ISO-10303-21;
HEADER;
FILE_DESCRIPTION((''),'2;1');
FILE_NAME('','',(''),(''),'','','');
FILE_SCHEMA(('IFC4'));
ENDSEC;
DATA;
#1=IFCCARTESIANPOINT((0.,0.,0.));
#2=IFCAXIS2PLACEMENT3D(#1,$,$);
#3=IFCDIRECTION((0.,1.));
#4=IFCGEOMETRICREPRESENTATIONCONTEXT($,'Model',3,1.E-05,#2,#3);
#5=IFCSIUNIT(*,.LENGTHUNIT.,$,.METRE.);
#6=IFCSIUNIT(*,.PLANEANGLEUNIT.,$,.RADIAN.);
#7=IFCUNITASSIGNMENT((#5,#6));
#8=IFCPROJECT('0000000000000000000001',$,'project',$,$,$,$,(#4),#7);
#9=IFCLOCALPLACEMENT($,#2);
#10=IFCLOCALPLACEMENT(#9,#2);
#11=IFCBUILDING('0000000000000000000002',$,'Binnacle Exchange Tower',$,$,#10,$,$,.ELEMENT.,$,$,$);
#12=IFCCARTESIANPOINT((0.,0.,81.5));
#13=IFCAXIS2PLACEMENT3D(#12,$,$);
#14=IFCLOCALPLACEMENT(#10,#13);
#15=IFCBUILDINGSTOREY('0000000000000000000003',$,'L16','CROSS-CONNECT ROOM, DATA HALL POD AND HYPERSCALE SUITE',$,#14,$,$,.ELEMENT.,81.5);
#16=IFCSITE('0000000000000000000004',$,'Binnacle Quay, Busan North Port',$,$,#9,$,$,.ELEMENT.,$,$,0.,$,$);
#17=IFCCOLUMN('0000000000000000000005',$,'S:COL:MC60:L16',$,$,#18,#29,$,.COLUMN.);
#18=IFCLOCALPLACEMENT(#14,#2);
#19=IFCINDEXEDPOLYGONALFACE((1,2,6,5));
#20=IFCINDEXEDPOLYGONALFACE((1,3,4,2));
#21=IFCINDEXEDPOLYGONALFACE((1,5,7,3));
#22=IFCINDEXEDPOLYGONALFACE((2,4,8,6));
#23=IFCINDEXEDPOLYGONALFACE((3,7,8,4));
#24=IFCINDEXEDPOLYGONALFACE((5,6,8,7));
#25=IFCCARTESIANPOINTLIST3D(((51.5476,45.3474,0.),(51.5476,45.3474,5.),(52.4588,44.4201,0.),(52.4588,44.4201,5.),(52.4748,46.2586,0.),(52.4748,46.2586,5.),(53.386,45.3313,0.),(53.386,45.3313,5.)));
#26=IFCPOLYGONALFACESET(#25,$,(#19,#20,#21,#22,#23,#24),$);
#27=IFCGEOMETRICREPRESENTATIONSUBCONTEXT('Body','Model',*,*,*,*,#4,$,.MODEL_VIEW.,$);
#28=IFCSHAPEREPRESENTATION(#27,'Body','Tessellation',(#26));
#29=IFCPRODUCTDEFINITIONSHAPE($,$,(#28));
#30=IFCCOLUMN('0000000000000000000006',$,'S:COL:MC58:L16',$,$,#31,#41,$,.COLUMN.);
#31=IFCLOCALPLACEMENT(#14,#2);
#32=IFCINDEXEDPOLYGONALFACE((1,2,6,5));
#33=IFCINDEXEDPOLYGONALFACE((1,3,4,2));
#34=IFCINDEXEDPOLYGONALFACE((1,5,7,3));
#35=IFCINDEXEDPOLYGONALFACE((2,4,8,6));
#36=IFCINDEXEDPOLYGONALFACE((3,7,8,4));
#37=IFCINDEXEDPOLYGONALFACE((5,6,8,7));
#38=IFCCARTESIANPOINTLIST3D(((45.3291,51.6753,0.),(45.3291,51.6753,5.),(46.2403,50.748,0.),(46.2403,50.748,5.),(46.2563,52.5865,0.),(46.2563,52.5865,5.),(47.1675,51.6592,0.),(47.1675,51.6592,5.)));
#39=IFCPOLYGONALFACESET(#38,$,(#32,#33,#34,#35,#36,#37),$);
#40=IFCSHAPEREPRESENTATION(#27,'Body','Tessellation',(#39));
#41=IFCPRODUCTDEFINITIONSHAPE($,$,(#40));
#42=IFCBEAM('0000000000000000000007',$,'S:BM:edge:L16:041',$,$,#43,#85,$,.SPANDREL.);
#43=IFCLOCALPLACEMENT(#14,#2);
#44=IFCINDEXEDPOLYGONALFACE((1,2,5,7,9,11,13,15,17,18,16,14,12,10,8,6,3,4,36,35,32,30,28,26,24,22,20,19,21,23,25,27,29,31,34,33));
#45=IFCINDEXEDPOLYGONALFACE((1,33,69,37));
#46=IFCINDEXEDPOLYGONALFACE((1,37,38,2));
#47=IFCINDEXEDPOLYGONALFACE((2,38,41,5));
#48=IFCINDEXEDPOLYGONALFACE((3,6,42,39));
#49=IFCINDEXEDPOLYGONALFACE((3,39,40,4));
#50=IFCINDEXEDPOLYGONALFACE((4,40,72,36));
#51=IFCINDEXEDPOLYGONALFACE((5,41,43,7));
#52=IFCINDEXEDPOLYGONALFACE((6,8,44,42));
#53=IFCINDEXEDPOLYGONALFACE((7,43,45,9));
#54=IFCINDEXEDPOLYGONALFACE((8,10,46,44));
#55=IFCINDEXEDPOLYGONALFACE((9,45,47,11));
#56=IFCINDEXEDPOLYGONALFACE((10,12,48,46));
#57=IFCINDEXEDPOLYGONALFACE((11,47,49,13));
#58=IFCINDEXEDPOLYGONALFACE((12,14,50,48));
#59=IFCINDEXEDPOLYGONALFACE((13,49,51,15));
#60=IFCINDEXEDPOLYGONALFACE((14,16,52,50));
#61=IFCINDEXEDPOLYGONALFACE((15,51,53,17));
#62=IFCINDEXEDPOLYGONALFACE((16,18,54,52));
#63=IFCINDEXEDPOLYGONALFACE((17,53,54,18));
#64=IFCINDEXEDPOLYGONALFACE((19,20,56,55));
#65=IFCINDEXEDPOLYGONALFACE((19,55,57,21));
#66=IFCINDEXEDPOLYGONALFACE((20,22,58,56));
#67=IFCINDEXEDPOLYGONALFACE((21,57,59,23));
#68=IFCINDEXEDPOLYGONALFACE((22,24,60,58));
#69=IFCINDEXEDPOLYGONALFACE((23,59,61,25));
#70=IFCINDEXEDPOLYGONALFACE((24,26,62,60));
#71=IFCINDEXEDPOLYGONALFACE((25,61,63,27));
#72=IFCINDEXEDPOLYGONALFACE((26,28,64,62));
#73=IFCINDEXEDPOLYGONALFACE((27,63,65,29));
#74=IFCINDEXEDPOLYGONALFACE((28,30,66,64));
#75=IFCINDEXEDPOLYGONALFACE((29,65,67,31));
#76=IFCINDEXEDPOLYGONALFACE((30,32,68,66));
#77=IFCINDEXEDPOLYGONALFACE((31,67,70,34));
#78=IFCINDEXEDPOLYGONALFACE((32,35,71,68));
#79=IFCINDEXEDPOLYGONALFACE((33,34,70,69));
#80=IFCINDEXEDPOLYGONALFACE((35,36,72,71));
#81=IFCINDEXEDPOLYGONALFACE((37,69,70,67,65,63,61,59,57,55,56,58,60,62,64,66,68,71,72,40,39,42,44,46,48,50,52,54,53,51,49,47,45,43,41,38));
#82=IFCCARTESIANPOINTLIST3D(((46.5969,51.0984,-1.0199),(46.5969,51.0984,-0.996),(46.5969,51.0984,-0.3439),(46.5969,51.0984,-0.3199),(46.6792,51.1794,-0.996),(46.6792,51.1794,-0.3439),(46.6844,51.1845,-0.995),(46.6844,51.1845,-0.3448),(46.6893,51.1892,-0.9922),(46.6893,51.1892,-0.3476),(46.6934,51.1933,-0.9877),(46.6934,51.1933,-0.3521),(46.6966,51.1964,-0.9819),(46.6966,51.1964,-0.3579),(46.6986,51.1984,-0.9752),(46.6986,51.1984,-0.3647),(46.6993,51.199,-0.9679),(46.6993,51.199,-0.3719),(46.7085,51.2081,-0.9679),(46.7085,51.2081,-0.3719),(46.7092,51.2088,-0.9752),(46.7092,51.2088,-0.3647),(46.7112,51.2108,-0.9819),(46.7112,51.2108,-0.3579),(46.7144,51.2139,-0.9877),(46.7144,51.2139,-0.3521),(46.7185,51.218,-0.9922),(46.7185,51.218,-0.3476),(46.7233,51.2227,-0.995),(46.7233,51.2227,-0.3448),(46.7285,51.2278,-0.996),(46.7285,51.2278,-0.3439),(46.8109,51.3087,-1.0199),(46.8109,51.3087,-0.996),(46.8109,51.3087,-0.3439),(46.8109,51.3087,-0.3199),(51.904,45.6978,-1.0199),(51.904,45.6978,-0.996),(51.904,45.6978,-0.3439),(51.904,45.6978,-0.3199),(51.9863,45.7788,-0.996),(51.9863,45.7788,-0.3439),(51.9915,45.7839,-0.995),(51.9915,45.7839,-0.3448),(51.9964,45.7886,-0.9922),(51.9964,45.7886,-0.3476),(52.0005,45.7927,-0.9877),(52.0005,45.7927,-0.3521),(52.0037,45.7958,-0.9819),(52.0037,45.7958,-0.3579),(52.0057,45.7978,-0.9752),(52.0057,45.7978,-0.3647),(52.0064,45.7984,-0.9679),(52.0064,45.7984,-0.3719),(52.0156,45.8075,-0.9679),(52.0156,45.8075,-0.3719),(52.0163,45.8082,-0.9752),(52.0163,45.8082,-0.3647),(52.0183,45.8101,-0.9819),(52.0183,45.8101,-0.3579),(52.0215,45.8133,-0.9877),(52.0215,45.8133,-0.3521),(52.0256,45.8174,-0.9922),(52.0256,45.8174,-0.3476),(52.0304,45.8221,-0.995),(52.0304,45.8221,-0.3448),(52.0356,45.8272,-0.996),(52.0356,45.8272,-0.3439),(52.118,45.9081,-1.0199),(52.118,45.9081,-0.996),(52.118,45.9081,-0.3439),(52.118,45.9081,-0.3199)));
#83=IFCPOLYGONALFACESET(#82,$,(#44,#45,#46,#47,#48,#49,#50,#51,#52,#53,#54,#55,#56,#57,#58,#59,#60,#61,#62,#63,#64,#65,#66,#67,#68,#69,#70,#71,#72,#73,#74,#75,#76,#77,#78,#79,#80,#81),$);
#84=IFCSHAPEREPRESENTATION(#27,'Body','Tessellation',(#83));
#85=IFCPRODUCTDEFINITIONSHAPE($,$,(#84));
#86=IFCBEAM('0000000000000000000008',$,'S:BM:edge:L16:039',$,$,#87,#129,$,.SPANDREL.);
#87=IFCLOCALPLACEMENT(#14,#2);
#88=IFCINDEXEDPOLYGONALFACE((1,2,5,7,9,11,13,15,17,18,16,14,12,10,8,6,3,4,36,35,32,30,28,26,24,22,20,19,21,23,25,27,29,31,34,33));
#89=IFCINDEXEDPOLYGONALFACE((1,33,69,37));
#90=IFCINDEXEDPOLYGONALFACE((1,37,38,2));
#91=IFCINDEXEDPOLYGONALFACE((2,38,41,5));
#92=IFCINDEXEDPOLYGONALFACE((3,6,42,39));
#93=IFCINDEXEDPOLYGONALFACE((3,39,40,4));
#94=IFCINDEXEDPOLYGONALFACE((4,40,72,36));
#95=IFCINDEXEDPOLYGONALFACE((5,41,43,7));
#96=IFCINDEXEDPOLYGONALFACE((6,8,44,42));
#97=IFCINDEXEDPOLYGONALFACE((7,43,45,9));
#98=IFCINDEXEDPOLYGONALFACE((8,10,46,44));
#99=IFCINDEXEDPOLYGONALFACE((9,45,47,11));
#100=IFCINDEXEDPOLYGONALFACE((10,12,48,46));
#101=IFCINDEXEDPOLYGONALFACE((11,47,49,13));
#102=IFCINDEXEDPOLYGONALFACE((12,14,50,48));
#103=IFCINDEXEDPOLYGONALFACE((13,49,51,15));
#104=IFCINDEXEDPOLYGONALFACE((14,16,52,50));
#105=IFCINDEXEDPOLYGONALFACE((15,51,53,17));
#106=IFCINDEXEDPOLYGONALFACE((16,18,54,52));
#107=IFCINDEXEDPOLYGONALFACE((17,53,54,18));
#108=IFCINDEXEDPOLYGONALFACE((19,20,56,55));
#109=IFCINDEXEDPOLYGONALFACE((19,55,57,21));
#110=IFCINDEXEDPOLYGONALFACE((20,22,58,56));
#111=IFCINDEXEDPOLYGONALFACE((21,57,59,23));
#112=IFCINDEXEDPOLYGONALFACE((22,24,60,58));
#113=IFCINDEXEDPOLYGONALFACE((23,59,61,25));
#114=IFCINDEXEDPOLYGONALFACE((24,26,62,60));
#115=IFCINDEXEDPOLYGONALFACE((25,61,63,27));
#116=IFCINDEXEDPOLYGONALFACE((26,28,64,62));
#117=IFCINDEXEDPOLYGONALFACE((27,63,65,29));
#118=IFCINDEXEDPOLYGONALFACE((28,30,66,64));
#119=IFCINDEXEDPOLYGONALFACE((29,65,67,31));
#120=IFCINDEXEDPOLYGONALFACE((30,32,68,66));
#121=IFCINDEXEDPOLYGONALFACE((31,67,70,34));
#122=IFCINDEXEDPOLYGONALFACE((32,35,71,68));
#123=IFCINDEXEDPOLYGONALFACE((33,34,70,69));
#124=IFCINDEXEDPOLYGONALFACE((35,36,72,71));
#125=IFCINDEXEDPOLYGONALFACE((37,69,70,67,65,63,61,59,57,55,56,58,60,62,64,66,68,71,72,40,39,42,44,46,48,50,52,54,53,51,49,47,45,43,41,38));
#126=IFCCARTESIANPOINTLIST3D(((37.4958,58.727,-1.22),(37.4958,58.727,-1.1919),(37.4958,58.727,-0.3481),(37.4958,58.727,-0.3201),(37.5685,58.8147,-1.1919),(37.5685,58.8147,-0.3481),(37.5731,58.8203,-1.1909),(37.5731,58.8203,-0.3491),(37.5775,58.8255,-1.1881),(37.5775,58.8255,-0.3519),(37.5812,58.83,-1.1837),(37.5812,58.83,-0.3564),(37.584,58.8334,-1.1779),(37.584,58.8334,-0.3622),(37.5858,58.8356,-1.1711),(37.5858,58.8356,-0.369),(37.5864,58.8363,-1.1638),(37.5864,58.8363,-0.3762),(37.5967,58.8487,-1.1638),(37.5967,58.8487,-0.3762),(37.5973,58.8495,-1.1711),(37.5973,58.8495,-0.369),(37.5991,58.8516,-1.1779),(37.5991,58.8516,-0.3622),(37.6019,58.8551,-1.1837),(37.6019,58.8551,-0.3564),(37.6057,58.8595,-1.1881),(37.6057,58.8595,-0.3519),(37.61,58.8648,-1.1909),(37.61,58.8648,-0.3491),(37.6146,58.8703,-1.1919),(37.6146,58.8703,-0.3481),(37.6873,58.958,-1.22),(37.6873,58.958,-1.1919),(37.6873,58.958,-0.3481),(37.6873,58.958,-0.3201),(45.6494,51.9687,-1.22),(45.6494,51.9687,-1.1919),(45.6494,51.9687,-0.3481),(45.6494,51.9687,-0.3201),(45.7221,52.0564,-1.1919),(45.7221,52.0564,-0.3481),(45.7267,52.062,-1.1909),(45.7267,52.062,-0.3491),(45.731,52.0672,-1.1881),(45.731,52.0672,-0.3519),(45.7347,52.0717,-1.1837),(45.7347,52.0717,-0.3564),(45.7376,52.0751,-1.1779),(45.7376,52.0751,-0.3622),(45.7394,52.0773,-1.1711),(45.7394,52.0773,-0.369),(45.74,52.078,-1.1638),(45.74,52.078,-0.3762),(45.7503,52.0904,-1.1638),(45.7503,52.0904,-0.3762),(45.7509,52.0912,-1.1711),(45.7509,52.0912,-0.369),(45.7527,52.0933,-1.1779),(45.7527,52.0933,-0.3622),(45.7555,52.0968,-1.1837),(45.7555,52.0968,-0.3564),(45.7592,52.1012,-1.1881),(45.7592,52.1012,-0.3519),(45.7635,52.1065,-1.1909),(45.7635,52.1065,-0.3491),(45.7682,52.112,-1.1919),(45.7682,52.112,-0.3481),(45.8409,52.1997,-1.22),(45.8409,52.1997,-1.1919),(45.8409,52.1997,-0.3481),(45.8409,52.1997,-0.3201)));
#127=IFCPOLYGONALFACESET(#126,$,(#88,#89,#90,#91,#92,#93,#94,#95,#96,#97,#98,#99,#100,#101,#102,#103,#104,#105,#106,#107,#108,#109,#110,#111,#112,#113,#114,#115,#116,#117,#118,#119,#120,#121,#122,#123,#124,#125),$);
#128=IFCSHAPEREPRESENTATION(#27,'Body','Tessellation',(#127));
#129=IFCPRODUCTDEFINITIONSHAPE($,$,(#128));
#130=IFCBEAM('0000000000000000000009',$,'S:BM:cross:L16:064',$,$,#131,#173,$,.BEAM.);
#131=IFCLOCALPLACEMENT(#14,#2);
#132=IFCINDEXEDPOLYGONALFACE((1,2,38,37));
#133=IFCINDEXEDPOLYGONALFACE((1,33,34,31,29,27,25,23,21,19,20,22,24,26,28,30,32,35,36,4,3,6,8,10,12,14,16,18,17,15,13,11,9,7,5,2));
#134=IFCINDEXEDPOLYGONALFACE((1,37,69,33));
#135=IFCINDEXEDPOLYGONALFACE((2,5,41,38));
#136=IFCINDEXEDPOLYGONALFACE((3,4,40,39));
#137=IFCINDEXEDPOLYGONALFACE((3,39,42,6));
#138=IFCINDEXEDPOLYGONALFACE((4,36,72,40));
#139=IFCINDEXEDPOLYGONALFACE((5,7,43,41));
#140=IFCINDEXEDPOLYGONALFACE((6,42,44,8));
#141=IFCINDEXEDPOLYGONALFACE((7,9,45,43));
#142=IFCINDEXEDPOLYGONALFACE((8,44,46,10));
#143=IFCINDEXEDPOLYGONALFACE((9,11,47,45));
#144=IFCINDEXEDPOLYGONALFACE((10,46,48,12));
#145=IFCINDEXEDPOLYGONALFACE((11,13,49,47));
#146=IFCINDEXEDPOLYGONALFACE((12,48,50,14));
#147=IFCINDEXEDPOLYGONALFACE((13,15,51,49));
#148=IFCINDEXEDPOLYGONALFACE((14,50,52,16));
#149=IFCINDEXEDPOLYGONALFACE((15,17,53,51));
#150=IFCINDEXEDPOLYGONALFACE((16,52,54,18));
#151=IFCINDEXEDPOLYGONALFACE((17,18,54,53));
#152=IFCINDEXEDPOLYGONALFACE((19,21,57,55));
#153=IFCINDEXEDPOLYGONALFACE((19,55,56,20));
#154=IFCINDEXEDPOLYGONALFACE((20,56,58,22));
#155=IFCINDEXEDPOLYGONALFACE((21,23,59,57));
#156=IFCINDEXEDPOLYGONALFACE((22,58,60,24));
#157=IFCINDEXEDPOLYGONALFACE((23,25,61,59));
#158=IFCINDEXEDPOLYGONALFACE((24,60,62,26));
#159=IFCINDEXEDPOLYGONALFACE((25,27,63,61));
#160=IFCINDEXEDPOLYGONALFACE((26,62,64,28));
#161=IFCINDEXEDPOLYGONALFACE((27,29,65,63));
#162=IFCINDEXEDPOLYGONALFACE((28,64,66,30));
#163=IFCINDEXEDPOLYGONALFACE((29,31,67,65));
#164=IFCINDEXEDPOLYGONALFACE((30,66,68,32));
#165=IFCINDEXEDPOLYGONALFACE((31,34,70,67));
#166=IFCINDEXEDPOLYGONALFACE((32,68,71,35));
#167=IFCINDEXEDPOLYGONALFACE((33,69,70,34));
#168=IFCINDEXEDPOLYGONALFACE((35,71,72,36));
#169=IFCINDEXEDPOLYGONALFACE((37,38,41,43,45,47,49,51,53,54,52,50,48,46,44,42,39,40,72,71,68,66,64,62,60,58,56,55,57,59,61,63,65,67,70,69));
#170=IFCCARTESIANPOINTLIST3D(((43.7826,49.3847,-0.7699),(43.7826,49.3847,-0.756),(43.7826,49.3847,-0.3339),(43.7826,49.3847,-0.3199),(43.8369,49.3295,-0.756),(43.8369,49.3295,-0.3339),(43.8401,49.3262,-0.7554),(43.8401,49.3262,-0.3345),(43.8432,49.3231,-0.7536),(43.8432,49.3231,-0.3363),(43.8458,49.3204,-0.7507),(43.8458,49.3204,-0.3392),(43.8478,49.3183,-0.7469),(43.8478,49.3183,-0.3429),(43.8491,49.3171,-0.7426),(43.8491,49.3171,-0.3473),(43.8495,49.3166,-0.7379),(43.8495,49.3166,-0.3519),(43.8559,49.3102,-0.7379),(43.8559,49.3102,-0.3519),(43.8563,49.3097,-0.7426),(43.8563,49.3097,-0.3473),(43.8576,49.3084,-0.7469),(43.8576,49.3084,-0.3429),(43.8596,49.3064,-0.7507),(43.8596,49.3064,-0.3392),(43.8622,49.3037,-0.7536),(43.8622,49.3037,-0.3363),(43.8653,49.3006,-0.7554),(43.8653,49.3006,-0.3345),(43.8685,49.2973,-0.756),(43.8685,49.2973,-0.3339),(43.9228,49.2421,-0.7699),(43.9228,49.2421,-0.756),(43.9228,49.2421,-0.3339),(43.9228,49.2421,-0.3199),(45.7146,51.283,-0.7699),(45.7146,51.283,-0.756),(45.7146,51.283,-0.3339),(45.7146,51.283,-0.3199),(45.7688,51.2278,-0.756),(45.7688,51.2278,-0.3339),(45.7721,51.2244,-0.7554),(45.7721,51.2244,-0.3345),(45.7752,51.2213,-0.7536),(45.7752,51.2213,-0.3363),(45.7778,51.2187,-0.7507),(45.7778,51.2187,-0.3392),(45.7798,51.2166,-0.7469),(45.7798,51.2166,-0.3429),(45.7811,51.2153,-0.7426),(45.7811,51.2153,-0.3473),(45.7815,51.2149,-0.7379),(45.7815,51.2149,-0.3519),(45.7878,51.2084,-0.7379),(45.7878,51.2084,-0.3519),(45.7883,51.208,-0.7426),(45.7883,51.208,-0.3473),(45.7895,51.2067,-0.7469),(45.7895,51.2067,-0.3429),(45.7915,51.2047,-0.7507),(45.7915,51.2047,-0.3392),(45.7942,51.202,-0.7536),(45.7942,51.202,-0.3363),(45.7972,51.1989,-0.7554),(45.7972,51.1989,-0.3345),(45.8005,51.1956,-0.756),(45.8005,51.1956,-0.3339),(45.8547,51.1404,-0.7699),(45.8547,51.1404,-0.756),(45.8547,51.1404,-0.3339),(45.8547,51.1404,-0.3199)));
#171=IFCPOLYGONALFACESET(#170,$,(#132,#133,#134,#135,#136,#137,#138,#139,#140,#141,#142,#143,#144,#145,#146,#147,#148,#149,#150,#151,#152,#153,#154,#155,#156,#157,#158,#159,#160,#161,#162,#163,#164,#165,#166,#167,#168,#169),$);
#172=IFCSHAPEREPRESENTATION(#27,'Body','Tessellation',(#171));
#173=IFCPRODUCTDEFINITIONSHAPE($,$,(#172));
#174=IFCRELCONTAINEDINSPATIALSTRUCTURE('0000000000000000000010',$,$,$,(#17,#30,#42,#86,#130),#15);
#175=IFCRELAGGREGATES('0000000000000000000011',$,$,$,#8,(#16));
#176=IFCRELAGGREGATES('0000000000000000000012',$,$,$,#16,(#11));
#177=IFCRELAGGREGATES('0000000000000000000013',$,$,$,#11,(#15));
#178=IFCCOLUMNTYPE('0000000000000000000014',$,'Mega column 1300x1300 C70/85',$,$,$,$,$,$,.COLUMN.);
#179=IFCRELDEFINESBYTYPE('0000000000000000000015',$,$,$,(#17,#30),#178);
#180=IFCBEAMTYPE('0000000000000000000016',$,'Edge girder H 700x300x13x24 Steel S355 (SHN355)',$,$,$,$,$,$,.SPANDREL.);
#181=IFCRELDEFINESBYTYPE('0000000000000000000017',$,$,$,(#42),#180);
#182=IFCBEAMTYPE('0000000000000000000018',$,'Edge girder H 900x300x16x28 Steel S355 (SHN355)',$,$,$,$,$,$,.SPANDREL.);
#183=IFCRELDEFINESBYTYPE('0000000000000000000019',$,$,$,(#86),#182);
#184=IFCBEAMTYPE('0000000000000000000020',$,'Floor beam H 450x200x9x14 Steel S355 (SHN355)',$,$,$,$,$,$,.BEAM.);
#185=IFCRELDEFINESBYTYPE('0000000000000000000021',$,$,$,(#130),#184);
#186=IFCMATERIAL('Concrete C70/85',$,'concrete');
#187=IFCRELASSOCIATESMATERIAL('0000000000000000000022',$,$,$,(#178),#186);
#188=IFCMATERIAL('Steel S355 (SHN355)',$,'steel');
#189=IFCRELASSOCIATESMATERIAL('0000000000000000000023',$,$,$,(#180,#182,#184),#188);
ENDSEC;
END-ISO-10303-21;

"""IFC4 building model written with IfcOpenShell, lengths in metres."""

from ifc_helpers import new_model, si_unit, direction, frame, origin, origin_2d, place, context, subcontext, project, spatial, rectangle, i_section, extrude, material, material_profile, profile_set, type_object, element, save


model = new_model("IFC4")

# Units and contexts
model_context = context("Model", 3, precision=1e-05, world=origin(), true_north=direction((0.0, 1.0)))
body_context = subcontext(model_context, "Body", "Model", "MODEL_VIEW")
ifc_project = project(units=[si_unit("LENGTHUNIT", "METRE"), si_unit("PLANEANGLEUNIT", "RADIAN")], contexts=[model_context])

# Site, building, storey
site_placement = place(None, origin())
site = spatial("IfcSite", under=ifc_project, at=site_placement, Name="Binnacle Quay, Busan North Port", CompositionType="ELEMENT", RefElevation=0.0)
building_placement = place(site_placement, origin())
building = spatial("IfcBuilding", under=site, at=building_placement, Name="Binnacle Exchange Tower", CompositionType="ELEMENT")
storey_placement = place(building_placement, frame((0.0, 0.0, 81.5)))
storey = spatial("IfcBuildingStorey", under=building, at=storey_placement, Name="L16", Description="CROSS-CONNECT ROOM, DATA HALL POD AND HYPERSCALE SUITE", CompositionType="ELEMENT", Elevation=81.5)

# Columns
ifc_material_1 = material(Name="Concrete C70/85", Category="concrete")
ifc_material_profile_1 = material_profile(ifc_material_1, rectangle(XDim=1.3, YDim=1.3, at=origin_2d()), Name="Mega column 1300x1300 C70/85")
ifc_profile_set_1 = profile_set([ifc_material_profile_1], Name="Concrete C70/85")
column_type = type_object("IfcColumnType", Name="Mega column 1300x1300 C70/85", PredefinedType="COLUMN", material=ifc_profile_set_1)
for number, where, z_axis, x_axis, name in (
    (1, (52.4668, 45.3394, 0.0), (0.0, 0.0, 1.0), (-0.700909, 0.71325, 0.0), "S:COL:MC60:L16"),
    (2, (46.2483, 51.6672, 0.0), (0.0, 0.0, 1.0), (-0.700909, 0.71325, 0.0), "S:COL:MC58:L16"),
):
    element("IfcColumn", number, at=place(storey_placement, frame(where, z_axis=z_axis, x_axis=x_axis)), inside=storey, type_object=column_type, Name=name, PredefinedType="COLUMN", context=body_context, shape_type="SweptSolid", body=[
        extrude(rectangle(XDim=1.3, YDim=1.3, at=origin_2d()), origin(), (0.0, 0.0, 1.0), 5.0),
    ])

# Beams
ifc_material_2 = material(Name="Steel S355 (SHN355)", Category="steel")
ifc_material_profile_2 = material_profile(ifc_material_2, i_section(OverallWidth=0.3, OverallDepth=0.7, WebThickness=0.0129, FlangeThickness=0.0239, FilletRadius=0.0281, at=origin_2d()), Name="H 700x300x13x24")
ifc_profile_set_2 = profile_set([ifc_material_profile_2], Name="Steel S355 (SHN355)")
beam_type_1 = type_object("IfcBeamType", Name="Edge girder H 700x300x13x24 Steel S355 (SHN355)", PredefinedType="SPANDREL", material=ifc_profile_set_2)
beam_1_placement = place(storey_placement, frame((52.011, 45.803, -0.6699), z_axis=(-0.700905, 0.713254, 0.0), x_axis=(-0.713254, -0.700905, 0.0)))
element("IfcBeam", 3, at=beam_1_placement, inside=storey, type_object=beam_type_1, Name="S:BM:edge:L16:041", PredefinedType="SPANDREL", context=body_context, shape_type="SweptSolid", body=[
    extrude(i_section(OverallWidth=0.3, OverallDepth=0.7, WebThickness=0.0129, FlangeThickness=0.0239, FilletRadius=0.0281, at=origin_2d()), origin(), (0.0, 0.0, 1.0), 7.5718),
])
ifc_material_profile_3 = material_profile(ifc_material_2, i_section(OverallWidth=0.3, OverallDepth=0.8999, WebThickness=0.0161, FlangeThickness=0.0281, FilletRadius=0.0281, at=origin_2d()), Name="H 900x300x16x28")
ifc_profile_set_3 = profile_set([ifc_material_profile_3], Name="Steel S355 (SHN355)")
beam_type_2 = type_object("IfcBeamType", Name="Edge girder H 900x300x16x28 Steel S355 (SHN355)", PredefinedType="SPANDREL", material=ifc_profile_set_3)
beam_2_placement = place(storey_placement, frame((45.7451, 52.0842, -0.77), z_axis=(-0.769906, 0.638157, 0.0), x_axis=(-0.638157, -0.769906, 0.0)))
element("IfcBeam", 4, at=beam_2_placement, inside=storey, type_object=beam_type_2, Name="S:BM:edge:L16:039", PredefinedType="SPANDREL", context=body_context, shape_type="SweptSolid", body=[
    extrude(i_section(OverallWidth=0.3, OverallDepth=0.8999, WebThickness=0.0161, FlangeThickness=0.0281, FilletRadius=0.0281, at=origin_2d()), origin(), (0.0, 0.0, 1.0), 10.5903),
])
ifc_material_profile_4 = material_profile(ifc_material_2, i_section(OverallWidth=0.2, OverallDepth=0.45, WebThickness=0.009, FlangeThickness=0.0139, FilletRadius=0.0181, at=origin_2d()), Name="H 450x200x9x14")
ifc_profile_set_4 = profile_set([ifc_material_profile_4], Name="Steel S355 (SHN355)")
beam_type_3 = type_object("IfcBeamType", Name="Floor beam H 450x200x9x14 Steel S355 (SHN355)", PredefinedType="BEAM", material=ifc_profile_set_4)
for number, where, z_axis, x_axis, name in (
    (5, (45.7847, 51.2117, -0.5449), (-0.713299, -0.70086, 0.0), (0.70086, -0.713299, 0.0), "S:BM:cross:L16:064"),
):
    element("IfcBeam", number, at=place(storey_placement, frame(where, z_axis=z_axis, x_axis=x_axis)), inside=storey, type_object=beam_type_3, Name=name, PredefinedType="BEAM", context=body_context, shape_type="SweptSolid", body=[
        extrude(i_section(OverallWidth=0.2, OverallDepth=0.45, WebThickness=0.009, FlangeThickness=0.0139, FilletRadius=0.0181, at=origin_2d()), origin(), (0.0, 0.0, 1.0), 2.7085),
    ])

save(model, "model.ifc")
